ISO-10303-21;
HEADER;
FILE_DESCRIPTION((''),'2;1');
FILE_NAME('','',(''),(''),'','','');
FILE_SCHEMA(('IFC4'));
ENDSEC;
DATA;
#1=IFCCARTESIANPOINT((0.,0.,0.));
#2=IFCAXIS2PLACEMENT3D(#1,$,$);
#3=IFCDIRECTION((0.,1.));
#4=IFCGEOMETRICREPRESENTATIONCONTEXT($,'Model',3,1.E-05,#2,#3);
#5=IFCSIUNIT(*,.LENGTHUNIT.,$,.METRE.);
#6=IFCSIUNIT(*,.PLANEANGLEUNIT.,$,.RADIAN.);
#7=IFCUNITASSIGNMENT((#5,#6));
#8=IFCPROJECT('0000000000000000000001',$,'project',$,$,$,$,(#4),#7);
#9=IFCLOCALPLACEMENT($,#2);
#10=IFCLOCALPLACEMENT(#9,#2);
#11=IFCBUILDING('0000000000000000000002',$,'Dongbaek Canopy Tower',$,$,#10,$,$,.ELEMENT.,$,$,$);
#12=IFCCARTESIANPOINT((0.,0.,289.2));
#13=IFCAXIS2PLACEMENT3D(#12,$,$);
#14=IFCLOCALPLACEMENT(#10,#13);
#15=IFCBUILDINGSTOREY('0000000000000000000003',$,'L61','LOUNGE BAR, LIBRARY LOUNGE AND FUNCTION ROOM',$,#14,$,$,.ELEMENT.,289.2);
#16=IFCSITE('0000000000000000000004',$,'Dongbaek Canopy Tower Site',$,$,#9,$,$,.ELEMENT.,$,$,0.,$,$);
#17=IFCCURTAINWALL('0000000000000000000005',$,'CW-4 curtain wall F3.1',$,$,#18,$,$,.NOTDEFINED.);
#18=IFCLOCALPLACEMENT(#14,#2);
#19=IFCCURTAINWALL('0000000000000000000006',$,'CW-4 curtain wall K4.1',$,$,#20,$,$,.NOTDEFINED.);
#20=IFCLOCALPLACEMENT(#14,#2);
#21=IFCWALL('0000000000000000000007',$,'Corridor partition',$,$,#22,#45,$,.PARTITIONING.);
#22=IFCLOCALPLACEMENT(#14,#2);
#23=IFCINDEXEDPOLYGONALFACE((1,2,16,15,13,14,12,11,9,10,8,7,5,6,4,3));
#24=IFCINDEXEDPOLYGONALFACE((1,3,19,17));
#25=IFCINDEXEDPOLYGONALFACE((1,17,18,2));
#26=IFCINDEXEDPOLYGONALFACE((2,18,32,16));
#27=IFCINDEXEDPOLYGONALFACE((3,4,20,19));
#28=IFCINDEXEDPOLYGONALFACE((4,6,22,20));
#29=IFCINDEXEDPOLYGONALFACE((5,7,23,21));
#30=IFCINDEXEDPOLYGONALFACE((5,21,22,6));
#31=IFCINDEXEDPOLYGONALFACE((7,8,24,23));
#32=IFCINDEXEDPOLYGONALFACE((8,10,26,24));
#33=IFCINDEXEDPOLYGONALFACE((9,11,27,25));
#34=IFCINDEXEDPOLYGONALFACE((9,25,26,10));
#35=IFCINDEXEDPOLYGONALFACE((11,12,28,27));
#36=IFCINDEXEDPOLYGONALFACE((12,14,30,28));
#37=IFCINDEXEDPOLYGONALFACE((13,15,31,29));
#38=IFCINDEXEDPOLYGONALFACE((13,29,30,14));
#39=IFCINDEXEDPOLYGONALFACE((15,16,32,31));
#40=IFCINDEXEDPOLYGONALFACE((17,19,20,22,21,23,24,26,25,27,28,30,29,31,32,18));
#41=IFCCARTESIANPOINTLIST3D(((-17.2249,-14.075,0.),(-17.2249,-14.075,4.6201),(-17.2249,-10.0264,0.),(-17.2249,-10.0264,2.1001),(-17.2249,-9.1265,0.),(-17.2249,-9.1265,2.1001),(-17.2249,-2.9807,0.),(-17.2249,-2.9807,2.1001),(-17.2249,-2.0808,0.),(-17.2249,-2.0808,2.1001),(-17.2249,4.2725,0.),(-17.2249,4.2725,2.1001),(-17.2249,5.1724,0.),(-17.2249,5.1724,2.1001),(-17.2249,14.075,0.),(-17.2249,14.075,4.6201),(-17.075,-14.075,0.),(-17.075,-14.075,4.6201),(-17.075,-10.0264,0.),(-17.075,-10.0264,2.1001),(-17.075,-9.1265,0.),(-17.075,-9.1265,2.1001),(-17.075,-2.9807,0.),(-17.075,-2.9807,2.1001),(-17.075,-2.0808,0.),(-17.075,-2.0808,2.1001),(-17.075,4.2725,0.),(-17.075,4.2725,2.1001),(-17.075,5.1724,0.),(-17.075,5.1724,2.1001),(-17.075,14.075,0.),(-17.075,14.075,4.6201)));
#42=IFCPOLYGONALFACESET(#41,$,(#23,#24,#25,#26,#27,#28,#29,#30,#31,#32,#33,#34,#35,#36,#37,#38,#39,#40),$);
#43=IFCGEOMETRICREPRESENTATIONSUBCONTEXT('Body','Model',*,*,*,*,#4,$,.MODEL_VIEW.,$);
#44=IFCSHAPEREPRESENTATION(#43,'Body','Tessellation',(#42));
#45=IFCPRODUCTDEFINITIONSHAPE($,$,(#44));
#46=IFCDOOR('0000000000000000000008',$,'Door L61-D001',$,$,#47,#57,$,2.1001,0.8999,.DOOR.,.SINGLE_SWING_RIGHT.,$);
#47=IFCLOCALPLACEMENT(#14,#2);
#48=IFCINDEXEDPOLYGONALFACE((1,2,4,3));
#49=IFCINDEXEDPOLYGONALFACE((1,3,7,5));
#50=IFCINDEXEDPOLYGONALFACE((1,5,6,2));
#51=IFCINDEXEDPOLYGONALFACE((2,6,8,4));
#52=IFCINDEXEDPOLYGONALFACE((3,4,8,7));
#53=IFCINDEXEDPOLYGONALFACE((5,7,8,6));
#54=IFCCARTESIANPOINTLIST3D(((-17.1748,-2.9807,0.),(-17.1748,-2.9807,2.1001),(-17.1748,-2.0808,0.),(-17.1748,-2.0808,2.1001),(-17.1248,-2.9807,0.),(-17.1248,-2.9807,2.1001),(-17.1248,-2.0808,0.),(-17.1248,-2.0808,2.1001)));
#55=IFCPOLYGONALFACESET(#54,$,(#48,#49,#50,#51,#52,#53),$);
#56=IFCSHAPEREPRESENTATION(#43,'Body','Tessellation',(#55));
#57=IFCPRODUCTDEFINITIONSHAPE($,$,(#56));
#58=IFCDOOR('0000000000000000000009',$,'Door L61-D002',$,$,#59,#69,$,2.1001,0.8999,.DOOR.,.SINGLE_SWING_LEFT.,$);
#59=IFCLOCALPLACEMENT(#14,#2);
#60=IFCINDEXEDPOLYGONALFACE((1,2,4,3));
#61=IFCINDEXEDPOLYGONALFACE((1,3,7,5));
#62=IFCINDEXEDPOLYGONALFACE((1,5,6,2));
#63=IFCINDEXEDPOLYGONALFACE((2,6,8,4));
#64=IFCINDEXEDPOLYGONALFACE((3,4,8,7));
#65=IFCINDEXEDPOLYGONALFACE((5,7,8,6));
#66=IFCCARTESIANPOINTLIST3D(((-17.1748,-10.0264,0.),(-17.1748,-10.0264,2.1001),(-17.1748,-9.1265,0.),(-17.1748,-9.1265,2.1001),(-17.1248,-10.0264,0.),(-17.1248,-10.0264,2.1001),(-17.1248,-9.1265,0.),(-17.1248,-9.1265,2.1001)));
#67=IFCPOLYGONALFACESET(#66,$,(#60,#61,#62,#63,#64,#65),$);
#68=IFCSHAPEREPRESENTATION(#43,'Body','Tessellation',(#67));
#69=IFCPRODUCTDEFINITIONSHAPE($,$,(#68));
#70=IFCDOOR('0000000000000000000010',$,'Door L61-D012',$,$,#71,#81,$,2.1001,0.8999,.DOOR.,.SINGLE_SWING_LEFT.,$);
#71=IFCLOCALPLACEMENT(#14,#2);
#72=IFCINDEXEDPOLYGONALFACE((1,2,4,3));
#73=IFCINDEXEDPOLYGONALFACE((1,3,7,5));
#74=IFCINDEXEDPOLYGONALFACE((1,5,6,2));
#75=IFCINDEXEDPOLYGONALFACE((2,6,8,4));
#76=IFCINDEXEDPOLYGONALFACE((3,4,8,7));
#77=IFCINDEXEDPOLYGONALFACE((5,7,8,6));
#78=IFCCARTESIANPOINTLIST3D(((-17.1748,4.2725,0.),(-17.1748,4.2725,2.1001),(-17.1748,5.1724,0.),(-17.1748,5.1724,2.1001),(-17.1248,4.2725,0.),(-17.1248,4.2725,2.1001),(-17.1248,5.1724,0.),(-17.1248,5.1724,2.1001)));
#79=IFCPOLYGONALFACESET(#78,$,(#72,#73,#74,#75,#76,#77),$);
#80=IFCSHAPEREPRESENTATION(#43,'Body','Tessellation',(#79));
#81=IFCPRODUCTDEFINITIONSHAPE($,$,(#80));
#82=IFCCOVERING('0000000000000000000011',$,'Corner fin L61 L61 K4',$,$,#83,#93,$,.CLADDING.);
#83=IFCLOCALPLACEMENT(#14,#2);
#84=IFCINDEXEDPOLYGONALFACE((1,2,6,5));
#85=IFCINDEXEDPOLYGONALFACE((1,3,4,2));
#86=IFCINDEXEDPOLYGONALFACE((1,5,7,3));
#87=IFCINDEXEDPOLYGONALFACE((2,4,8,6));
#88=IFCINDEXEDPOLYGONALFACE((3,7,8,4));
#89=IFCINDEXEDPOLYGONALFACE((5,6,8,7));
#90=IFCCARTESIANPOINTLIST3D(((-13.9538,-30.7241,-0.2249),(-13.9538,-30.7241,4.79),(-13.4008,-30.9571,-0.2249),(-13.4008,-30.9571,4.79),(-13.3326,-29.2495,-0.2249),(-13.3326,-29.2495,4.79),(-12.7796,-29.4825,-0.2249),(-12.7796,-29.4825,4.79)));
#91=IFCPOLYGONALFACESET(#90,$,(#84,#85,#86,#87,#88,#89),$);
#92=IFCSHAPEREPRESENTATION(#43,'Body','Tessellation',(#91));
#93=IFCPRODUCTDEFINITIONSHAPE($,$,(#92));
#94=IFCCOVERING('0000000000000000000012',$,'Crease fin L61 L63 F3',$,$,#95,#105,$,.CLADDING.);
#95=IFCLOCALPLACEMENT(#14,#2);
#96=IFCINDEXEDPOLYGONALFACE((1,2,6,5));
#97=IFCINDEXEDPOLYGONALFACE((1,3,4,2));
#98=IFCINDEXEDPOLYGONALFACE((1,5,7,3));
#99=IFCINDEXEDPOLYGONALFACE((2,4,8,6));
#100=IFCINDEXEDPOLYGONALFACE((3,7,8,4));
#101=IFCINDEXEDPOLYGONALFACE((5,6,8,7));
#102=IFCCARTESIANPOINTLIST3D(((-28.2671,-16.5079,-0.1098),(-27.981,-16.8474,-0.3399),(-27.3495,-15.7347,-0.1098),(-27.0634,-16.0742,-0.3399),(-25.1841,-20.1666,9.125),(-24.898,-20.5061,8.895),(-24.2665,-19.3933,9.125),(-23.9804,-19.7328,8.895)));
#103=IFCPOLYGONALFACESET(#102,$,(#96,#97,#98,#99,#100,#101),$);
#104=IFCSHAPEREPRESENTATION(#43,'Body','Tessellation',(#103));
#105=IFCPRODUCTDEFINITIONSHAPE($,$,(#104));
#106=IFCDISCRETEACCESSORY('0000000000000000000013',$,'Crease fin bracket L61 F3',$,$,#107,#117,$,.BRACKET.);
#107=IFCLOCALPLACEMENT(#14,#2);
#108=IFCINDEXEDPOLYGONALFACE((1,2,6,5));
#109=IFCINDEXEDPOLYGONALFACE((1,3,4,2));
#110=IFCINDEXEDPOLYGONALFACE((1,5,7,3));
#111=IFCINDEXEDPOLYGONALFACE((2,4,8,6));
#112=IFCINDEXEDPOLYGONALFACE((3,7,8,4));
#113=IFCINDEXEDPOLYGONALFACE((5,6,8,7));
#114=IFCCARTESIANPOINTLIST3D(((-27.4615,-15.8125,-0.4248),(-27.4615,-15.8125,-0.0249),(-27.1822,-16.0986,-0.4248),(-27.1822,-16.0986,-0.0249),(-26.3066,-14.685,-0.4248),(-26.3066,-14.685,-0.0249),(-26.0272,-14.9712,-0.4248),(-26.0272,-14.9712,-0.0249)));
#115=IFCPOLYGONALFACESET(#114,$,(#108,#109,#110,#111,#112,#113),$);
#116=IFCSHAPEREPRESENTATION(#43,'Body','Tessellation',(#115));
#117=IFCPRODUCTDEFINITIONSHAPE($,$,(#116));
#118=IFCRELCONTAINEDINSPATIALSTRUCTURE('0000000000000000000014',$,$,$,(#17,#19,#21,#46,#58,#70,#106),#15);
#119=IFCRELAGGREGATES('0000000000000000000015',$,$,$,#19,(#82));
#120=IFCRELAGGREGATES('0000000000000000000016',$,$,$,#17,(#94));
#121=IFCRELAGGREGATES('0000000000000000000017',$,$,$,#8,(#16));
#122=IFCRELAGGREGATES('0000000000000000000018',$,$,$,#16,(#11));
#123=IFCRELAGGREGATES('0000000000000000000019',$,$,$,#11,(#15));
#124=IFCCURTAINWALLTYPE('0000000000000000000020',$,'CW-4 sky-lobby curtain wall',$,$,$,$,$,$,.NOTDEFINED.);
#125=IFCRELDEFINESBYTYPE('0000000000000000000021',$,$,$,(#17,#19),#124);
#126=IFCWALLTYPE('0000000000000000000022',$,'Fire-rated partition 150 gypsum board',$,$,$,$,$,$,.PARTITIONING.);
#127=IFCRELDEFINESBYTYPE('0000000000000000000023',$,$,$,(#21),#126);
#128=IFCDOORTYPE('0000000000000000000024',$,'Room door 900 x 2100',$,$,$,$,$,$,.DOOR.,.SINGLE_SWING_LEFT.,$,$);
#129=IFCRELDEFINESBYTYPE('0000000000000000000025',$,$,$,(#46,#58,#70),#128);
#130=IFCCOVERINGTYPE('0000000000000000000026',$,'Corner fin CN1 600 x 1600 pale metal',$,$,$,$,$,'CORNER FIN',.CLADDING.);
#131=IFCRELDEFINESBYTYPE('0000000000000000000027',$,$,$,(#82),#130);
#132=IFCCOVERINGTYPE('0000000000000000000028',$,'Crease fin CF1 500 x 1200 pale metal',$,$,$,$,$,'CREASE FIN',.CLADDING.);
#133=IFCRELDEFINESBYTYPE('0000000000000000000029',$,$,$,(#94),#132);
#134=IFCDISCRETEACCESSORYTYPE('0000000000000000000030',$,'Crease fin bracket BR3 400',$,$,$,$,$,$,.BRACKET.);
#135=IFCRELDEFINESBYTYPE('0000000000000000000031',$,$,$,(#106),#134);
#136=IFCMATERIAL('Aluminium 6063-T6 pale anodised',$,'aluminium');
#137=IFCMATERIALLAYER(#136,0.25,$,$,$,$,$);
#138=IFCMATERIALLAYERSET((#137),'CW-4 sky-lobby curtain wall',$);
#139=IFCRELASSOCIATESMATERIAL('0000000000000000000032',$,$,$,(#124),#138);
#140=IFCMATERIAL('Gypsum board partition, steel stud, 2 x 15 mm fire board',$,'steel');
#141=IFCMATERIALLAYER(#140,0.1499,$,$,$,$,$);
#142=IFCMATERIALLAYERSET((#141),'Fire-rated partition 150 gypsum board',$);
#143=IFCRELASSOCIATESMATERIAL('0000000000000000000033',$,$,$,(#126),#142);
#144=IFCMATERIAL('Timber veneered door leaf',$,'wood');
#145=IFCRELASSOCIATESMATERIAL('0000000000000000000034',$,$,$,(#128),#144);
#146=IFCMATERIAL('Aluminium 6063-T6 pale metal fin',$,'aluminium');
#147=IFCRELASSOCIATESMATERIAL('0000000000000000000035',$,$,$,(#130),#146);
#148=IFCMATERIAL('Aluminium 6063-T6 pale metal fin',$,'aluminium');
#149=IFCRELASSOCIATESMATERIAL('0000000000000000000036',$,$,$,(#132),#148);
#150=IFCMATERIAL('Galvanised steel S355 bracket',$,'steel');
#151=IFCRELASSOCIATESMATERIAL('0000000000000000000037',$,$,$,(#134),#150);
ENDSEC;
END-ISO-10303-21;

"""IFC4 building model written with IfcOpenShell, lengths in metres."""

from ifc_helpers import new_model, si_unit, direction, frame, frame_2d, origin, origin_2d, place, context, subcontext, project, spatial, rectangle, extrude, material, layer, layer_set, material_profile, profile_set, type_object, element, fill, aggregate, save


model = new_model("IFC4")

# Units and contexts
model_context = context("Model", 3, precision=1e-05, world=origin(), true_north=direction((0.0, 1.0)))
body_context = subcontext(model_context, "Body", "Model", "MODEL_VIEW")
ifc_project = project(units=[si_unit("LENGTHUNIT", "METRE"), si_unit("PLANEANGLEUNIT", "RADIAN")], contexts=[model_context])

# Site, building, storey
site_placement = place(None, origin())
site = spatial("IfcSite", under=ifc_project, at=site_placement, Name="Dongbaek Canopy Tower Site", CompositionType="ELEMENT", RefElevation=0.0)
building_placement = place(site_placement, origin())
building = spatial("IfcBuilding", under=site, at=building_placement, Name="Dongbaek Canopy Tower", CompositionType="ELEMENT")
storey_placement = place(building_placement, frame((0.0, 0.0, 289.2)))
storey = spatial("IfcBuildingStorey", under=building, at=storey_placement, Name="L61", Description="LOUNGE BAR, LIBRARY LOUNGE AND FUNCTION ROOM", CompositionType="ELEMENT", Elevation=289.2)

# Curtain wall
ifc_material_1 = material(Name="Aluminium 6063-T6 pale anodised", Category="aluminium")
ifc_layer_1 = layer(ifc_material_1, 0.25)
ifc_layer_set_1 = layer_set([ifc_layer_1], Name="CW-4 sky-lobby curtain wall")
curtain_wall_type = type_object("IfcCurtainWallType", Name="CW-4 sky-lobby curtain wall", PredefinedType="NOTDEFINED", material=ifc_layer_set_1)
curtain_wall_1_placement = place(storey_placement, origin())
curtain_wall_1 = element("IfcCurtainWall", 1, at=curtain_wall_1_placement, inside=storey, type_object=curtain_wall_type, Name="CW-4 curtain wall F3.1", PredefinedType="NOTDEFINED")

# Curtain wall
curtain_wall_2_placement = place(storey_placement, origin())
curtain_wall_2 = element("IfcCurtainWall", 2, at=curtain_wall_2_placement, inside=storey, type_object=curtain_wall_type, Name="CW-4 curtain wall K4.1", PredefinedType="NOTDEFINED")

# Wall, openings, doors
ifc_material_2 = material(Name="Gypsum board partition, steel stud, 2 x 15 mm fire board", Category="steel")
ifc_layer_2 = layer(ifc_material_2, 0.1499)
ifc_layer_set_2 = layer_set([ifc_layer_2], Name="Fire-rated partition 150 gypsum board")
wall_type = type_object("IfcWallType", Name="Fire-rated partition 150 gypsum board", PredefinedType="PARTITIONING", material=ifc_layer_set_2)
wall_placement = place(storey_placement, frame((-17.1499, -14.075, 0.0), z_axis=(0.0, 0.0, 1.0), x_axis=(0.0, 1.0, 0.0)))
wall = element("IfcWall", 3, at=wall_placement, inside=storey, type_object=wall_type, Name="Corridor partition", PredefinedType="PARTITIONING", context=body_context, shape_type="SweptSolid", body=[
    extrude(rectangle(XDim=28.1499, YDim=0.1499, at=frame_2d((14.075, 0.0))), origin(), (0.0, 0.0, 1.0), 4.6201),
])
opening_1_placement = place(wall_placement, frame((11.0942, 0.0, 0.0)))
opening_1 = element("IfcOpeningElement", 4, at=opening_1_placement, cuts=wall, PredefinedType="OPENING", context=body_context, shape_type="SweptSolid", body=[
    extrude(rectangle(XDim=0.8999, YDim=2.1001, at=frame_2d((0.45, 1.05))), frame((0.0, 0.085, 0.0), z_axis=(0.0, -1.0, 0.0), x_axis=(1.0, 0.0, 0.0)), (0.0, 0.0, 1.0), 0.1699),
])
opening_2_placement = place(wall_placement, frame((4.0486, 0.0, 0.0)))
opening_2 = element("IfcOpeningElement", 5, at=opening_2_placement, cuts=wall, PredefinedType="OPENING", context=body_context, shape_type="SweptSolid", body=[
    extrude(rectangle(XDim=0.8999, YDim=2.1001, at=frame_2d((0.45, 1.05))), frame((0.0, 0.085, 0.0), z_axis=(0.0, -1.0, 0.0), x_axis=(1.0, 0.0, 0.0)), (0.0, 0.0, 1.0), 0.1699),
])
opening_3_placement = place(wall_placement, frame((18.3474, 0.0, 0.0)))
opening_3 = element("IfcOpeningElement", 6, at=opening_3_placement, cuts=wall, PredefinedType="OPENING", context=body_context, shape_type="SweptSolid", body=[
    extrude(rectangle(XDim=0.8999, YDim=2.1001, at=frame_2d((0.45, 1.05))), frame((0.0, 0.085, 0.0), z_axis=(0.0, -1.0, 0.0), x_axis=(1.0, 0.0, 0.0)), (0.0, 0.0, 1.0), 0.1699),
])
ifc_material_3 = material(Name="Timber veneered door leaf", Category="wood")
door_type = type_object("IfcDoorType", Name="Room door 900 x 2100", OperationType="SINGLE_SWING_LEFT", PredefinedType="DOOR", material=ifc_material_3)
door_1_placement = place(opening_1_placement, origin())
door_1 = element("IfcDoor", 7, at=door_1_placement, inside=storey, type_object=door_type, Name="Door L61-D001", OperationType="SINGLE_SWING_RIGHT", OverallHeight=2.1001, OverallWidth=0.8999, PredefinedType="DOOR", context=body_context, shape_type="SweptSolid", body=[
    extrude(rectangle(XDim=0.8999, YDim=2.1001, at=frame_2d((0.45, 1.05))), frame((0.0, 0.0249, 0.0), z_axis=(0.0, -1.0, 0.0), x_axis=(1.0, 0.0, 0.0)), (0.0, 0.0, 1.0), 0.05),
])
fill(opening_1, door_1)
door_2_placement = place(opening_2_placement, origin())
door_2 = element("IfcDoor", 8, at=door_2_placement, inside=storey, type_object=door_type, Name="Door L61-D002", OperationType="SINGLE_SWING_LEFT", OverallHeight=2.1001, OverallWidth=0.8999, PredefinedType="DOOR", context=body_context, shape_type="SweptSolid", body=[
    extrude(rectangle(XDim=0.8999, YDim=2.1001, at=frame_2d((0.45, 1.05))), frame((0.0, 0.0249, 0.0), z_axis=(0.0, -1.0, 0.0), x_axis=(1.0, 0.0, 0.0)), (0.0, 0.0, 1.0), 0.05),
])
fill(opening_2, door_2)
door_3_placement = place(opening_3_placement, origin())
door_3 = element("IfcDoor", 9, at=door_3_placement, inside=storey, type_object=door_type, Name="Door L61-D012", OperationType="SINGLE_SWING_LEFT", OverallHeight=2.1001, OverallWidth=0.8999, PredefinedType="DOOR", context=body_context, shape_type="SweptSolid", body=[
    extrude(rectangle(XDim=0.8999, YDim=2.1001, at=frame_2d((0.45, 1.05))), frame((0.0, 0.0249, 0.0), z_axis=(0.0, -1.0, 0.0), x_axis=(1.0, 0.0, 0.0)), (0.0, 0.0, 1.0), 0.05),
])
fill(opening_3, door_3)

# Coverings
ifc_material_4 = material(Name="Aluminium 6063-T6 pale metal fin", Category="aluminium")
ifc_material_profile_1 = material_profile(ifc_material_4, rectangle(XDim=1.6001, YDim=0.6001, at=origin_2d()), Name="Corner fin CN1 600 x 1600 pale metal")
ifc_profile_set_1 = profile_set([ifc_material_profile_1], Name="Aluminium 6063-T6 pale metal fin")
covering_type_1 = type_object("IfcCoveringType", Name="Corner fin CN1 600 x 1600 pale metal", ElementType="CORNER FIN", PredefinedType="CLADDING", material=ifc_profile_set_1)
covering_1_placement = place(storey_placement, frame((-13.3667, -30.1033, -0.2249), z_axis=(0.0, 0.0, 1.0), x_axis=(-0.388231, -0.921562, 0.0)))
covering_1 = element("IfcCovering", 10, at=covering_1_placement, type_object=covering_type_1, Name="Corner fin L61 L61 K4", PredefinedType="CLADDING", context=body_context, shape_type="SweptSolid", body=[
    extrude(rectangle(XDim=1.6001, YDim=0.6001, at=origin_2d()), origin(), (0.0, 0.0, 1.0), 5.0149),
])
aggregate(curtain_wall_2, [covering_1])
ifc_material_5 = material(Name="Aluminium 6063-T6 pale metal fin", Category="aluminium")
ifc_material_profile_2 = material_profile(ifc_material_5, rectangle(XDim=1.2, YDim=0.5, at=origin_2d()), Name="Crease fin CF1 500 x 1200 pale metal")
ifc_profile_set_2 = profile_set([ifc_material_profile_2], Name="Aluminium 6063-T6 pale metal fin")
covering_type_2 = type_object("IfcCoveringType", Name="Crease fin CF1 500 x 1200 pale metal", ElementType="CREASE FIN", PredefinedType="CLADDING", material=ifc_profile_set_2)
covering_2_placement = place(storey_placement, frame((-27.6653, -16.291, -0.2249), z_axis=(0.296424, -0.351775, 0.887912), x_axis=(0.764705, 0.644381, 0.0)))
covering_2 = element("IfcCovering", 11, at=covering_2_placement, type_object=covering_type_2, Name="Crease fin L61 L63 F3", PredefinedType="CLADDING", context=body_context, shape_type="SweptSolid", body=[
    extrude(rectangle(XDim=1.2, YDim=0.5, at=origin_2d()), origin(), (0.0, 0.0, 1.0), 10.4006),
])
aggregate(curtain_wall_1, [covering_2])

# Discrete accessory
ifc_material_6 = material(Name="Galvanised steel S355 bracket", Category="steel")
discrete_accessory_type = type_object("IfcDiscreteAccessoryType", Name="Crease fin bracket BR3 400", PredefinedType="BRACKET", material=ifc_material_6)
discrete_accessory_placement = place(storey_placement, frame((-26.7444, -15.3918, -0.4248), z_axis=(0.0, 0.0, 1.0), x_axis=(-0.715574, -0.698536, 0.0)))
element("IfcDiscreteAccessory", 12, at=discrete_accessory_placement, inside=storey, type_object=discrete_accessory_type, Name="Crease fin bracket L61 F3", PredefinedType="BRACKET", context=body_context, shape_type="SweptSolid", body=[
    extrude(rectangle(XDim=1.614, YDim=0.3999, at=origin_2d()), origin(), (0.0, 0.0, 1.0), 0.3999),
])

save(model, "model.ifc")
